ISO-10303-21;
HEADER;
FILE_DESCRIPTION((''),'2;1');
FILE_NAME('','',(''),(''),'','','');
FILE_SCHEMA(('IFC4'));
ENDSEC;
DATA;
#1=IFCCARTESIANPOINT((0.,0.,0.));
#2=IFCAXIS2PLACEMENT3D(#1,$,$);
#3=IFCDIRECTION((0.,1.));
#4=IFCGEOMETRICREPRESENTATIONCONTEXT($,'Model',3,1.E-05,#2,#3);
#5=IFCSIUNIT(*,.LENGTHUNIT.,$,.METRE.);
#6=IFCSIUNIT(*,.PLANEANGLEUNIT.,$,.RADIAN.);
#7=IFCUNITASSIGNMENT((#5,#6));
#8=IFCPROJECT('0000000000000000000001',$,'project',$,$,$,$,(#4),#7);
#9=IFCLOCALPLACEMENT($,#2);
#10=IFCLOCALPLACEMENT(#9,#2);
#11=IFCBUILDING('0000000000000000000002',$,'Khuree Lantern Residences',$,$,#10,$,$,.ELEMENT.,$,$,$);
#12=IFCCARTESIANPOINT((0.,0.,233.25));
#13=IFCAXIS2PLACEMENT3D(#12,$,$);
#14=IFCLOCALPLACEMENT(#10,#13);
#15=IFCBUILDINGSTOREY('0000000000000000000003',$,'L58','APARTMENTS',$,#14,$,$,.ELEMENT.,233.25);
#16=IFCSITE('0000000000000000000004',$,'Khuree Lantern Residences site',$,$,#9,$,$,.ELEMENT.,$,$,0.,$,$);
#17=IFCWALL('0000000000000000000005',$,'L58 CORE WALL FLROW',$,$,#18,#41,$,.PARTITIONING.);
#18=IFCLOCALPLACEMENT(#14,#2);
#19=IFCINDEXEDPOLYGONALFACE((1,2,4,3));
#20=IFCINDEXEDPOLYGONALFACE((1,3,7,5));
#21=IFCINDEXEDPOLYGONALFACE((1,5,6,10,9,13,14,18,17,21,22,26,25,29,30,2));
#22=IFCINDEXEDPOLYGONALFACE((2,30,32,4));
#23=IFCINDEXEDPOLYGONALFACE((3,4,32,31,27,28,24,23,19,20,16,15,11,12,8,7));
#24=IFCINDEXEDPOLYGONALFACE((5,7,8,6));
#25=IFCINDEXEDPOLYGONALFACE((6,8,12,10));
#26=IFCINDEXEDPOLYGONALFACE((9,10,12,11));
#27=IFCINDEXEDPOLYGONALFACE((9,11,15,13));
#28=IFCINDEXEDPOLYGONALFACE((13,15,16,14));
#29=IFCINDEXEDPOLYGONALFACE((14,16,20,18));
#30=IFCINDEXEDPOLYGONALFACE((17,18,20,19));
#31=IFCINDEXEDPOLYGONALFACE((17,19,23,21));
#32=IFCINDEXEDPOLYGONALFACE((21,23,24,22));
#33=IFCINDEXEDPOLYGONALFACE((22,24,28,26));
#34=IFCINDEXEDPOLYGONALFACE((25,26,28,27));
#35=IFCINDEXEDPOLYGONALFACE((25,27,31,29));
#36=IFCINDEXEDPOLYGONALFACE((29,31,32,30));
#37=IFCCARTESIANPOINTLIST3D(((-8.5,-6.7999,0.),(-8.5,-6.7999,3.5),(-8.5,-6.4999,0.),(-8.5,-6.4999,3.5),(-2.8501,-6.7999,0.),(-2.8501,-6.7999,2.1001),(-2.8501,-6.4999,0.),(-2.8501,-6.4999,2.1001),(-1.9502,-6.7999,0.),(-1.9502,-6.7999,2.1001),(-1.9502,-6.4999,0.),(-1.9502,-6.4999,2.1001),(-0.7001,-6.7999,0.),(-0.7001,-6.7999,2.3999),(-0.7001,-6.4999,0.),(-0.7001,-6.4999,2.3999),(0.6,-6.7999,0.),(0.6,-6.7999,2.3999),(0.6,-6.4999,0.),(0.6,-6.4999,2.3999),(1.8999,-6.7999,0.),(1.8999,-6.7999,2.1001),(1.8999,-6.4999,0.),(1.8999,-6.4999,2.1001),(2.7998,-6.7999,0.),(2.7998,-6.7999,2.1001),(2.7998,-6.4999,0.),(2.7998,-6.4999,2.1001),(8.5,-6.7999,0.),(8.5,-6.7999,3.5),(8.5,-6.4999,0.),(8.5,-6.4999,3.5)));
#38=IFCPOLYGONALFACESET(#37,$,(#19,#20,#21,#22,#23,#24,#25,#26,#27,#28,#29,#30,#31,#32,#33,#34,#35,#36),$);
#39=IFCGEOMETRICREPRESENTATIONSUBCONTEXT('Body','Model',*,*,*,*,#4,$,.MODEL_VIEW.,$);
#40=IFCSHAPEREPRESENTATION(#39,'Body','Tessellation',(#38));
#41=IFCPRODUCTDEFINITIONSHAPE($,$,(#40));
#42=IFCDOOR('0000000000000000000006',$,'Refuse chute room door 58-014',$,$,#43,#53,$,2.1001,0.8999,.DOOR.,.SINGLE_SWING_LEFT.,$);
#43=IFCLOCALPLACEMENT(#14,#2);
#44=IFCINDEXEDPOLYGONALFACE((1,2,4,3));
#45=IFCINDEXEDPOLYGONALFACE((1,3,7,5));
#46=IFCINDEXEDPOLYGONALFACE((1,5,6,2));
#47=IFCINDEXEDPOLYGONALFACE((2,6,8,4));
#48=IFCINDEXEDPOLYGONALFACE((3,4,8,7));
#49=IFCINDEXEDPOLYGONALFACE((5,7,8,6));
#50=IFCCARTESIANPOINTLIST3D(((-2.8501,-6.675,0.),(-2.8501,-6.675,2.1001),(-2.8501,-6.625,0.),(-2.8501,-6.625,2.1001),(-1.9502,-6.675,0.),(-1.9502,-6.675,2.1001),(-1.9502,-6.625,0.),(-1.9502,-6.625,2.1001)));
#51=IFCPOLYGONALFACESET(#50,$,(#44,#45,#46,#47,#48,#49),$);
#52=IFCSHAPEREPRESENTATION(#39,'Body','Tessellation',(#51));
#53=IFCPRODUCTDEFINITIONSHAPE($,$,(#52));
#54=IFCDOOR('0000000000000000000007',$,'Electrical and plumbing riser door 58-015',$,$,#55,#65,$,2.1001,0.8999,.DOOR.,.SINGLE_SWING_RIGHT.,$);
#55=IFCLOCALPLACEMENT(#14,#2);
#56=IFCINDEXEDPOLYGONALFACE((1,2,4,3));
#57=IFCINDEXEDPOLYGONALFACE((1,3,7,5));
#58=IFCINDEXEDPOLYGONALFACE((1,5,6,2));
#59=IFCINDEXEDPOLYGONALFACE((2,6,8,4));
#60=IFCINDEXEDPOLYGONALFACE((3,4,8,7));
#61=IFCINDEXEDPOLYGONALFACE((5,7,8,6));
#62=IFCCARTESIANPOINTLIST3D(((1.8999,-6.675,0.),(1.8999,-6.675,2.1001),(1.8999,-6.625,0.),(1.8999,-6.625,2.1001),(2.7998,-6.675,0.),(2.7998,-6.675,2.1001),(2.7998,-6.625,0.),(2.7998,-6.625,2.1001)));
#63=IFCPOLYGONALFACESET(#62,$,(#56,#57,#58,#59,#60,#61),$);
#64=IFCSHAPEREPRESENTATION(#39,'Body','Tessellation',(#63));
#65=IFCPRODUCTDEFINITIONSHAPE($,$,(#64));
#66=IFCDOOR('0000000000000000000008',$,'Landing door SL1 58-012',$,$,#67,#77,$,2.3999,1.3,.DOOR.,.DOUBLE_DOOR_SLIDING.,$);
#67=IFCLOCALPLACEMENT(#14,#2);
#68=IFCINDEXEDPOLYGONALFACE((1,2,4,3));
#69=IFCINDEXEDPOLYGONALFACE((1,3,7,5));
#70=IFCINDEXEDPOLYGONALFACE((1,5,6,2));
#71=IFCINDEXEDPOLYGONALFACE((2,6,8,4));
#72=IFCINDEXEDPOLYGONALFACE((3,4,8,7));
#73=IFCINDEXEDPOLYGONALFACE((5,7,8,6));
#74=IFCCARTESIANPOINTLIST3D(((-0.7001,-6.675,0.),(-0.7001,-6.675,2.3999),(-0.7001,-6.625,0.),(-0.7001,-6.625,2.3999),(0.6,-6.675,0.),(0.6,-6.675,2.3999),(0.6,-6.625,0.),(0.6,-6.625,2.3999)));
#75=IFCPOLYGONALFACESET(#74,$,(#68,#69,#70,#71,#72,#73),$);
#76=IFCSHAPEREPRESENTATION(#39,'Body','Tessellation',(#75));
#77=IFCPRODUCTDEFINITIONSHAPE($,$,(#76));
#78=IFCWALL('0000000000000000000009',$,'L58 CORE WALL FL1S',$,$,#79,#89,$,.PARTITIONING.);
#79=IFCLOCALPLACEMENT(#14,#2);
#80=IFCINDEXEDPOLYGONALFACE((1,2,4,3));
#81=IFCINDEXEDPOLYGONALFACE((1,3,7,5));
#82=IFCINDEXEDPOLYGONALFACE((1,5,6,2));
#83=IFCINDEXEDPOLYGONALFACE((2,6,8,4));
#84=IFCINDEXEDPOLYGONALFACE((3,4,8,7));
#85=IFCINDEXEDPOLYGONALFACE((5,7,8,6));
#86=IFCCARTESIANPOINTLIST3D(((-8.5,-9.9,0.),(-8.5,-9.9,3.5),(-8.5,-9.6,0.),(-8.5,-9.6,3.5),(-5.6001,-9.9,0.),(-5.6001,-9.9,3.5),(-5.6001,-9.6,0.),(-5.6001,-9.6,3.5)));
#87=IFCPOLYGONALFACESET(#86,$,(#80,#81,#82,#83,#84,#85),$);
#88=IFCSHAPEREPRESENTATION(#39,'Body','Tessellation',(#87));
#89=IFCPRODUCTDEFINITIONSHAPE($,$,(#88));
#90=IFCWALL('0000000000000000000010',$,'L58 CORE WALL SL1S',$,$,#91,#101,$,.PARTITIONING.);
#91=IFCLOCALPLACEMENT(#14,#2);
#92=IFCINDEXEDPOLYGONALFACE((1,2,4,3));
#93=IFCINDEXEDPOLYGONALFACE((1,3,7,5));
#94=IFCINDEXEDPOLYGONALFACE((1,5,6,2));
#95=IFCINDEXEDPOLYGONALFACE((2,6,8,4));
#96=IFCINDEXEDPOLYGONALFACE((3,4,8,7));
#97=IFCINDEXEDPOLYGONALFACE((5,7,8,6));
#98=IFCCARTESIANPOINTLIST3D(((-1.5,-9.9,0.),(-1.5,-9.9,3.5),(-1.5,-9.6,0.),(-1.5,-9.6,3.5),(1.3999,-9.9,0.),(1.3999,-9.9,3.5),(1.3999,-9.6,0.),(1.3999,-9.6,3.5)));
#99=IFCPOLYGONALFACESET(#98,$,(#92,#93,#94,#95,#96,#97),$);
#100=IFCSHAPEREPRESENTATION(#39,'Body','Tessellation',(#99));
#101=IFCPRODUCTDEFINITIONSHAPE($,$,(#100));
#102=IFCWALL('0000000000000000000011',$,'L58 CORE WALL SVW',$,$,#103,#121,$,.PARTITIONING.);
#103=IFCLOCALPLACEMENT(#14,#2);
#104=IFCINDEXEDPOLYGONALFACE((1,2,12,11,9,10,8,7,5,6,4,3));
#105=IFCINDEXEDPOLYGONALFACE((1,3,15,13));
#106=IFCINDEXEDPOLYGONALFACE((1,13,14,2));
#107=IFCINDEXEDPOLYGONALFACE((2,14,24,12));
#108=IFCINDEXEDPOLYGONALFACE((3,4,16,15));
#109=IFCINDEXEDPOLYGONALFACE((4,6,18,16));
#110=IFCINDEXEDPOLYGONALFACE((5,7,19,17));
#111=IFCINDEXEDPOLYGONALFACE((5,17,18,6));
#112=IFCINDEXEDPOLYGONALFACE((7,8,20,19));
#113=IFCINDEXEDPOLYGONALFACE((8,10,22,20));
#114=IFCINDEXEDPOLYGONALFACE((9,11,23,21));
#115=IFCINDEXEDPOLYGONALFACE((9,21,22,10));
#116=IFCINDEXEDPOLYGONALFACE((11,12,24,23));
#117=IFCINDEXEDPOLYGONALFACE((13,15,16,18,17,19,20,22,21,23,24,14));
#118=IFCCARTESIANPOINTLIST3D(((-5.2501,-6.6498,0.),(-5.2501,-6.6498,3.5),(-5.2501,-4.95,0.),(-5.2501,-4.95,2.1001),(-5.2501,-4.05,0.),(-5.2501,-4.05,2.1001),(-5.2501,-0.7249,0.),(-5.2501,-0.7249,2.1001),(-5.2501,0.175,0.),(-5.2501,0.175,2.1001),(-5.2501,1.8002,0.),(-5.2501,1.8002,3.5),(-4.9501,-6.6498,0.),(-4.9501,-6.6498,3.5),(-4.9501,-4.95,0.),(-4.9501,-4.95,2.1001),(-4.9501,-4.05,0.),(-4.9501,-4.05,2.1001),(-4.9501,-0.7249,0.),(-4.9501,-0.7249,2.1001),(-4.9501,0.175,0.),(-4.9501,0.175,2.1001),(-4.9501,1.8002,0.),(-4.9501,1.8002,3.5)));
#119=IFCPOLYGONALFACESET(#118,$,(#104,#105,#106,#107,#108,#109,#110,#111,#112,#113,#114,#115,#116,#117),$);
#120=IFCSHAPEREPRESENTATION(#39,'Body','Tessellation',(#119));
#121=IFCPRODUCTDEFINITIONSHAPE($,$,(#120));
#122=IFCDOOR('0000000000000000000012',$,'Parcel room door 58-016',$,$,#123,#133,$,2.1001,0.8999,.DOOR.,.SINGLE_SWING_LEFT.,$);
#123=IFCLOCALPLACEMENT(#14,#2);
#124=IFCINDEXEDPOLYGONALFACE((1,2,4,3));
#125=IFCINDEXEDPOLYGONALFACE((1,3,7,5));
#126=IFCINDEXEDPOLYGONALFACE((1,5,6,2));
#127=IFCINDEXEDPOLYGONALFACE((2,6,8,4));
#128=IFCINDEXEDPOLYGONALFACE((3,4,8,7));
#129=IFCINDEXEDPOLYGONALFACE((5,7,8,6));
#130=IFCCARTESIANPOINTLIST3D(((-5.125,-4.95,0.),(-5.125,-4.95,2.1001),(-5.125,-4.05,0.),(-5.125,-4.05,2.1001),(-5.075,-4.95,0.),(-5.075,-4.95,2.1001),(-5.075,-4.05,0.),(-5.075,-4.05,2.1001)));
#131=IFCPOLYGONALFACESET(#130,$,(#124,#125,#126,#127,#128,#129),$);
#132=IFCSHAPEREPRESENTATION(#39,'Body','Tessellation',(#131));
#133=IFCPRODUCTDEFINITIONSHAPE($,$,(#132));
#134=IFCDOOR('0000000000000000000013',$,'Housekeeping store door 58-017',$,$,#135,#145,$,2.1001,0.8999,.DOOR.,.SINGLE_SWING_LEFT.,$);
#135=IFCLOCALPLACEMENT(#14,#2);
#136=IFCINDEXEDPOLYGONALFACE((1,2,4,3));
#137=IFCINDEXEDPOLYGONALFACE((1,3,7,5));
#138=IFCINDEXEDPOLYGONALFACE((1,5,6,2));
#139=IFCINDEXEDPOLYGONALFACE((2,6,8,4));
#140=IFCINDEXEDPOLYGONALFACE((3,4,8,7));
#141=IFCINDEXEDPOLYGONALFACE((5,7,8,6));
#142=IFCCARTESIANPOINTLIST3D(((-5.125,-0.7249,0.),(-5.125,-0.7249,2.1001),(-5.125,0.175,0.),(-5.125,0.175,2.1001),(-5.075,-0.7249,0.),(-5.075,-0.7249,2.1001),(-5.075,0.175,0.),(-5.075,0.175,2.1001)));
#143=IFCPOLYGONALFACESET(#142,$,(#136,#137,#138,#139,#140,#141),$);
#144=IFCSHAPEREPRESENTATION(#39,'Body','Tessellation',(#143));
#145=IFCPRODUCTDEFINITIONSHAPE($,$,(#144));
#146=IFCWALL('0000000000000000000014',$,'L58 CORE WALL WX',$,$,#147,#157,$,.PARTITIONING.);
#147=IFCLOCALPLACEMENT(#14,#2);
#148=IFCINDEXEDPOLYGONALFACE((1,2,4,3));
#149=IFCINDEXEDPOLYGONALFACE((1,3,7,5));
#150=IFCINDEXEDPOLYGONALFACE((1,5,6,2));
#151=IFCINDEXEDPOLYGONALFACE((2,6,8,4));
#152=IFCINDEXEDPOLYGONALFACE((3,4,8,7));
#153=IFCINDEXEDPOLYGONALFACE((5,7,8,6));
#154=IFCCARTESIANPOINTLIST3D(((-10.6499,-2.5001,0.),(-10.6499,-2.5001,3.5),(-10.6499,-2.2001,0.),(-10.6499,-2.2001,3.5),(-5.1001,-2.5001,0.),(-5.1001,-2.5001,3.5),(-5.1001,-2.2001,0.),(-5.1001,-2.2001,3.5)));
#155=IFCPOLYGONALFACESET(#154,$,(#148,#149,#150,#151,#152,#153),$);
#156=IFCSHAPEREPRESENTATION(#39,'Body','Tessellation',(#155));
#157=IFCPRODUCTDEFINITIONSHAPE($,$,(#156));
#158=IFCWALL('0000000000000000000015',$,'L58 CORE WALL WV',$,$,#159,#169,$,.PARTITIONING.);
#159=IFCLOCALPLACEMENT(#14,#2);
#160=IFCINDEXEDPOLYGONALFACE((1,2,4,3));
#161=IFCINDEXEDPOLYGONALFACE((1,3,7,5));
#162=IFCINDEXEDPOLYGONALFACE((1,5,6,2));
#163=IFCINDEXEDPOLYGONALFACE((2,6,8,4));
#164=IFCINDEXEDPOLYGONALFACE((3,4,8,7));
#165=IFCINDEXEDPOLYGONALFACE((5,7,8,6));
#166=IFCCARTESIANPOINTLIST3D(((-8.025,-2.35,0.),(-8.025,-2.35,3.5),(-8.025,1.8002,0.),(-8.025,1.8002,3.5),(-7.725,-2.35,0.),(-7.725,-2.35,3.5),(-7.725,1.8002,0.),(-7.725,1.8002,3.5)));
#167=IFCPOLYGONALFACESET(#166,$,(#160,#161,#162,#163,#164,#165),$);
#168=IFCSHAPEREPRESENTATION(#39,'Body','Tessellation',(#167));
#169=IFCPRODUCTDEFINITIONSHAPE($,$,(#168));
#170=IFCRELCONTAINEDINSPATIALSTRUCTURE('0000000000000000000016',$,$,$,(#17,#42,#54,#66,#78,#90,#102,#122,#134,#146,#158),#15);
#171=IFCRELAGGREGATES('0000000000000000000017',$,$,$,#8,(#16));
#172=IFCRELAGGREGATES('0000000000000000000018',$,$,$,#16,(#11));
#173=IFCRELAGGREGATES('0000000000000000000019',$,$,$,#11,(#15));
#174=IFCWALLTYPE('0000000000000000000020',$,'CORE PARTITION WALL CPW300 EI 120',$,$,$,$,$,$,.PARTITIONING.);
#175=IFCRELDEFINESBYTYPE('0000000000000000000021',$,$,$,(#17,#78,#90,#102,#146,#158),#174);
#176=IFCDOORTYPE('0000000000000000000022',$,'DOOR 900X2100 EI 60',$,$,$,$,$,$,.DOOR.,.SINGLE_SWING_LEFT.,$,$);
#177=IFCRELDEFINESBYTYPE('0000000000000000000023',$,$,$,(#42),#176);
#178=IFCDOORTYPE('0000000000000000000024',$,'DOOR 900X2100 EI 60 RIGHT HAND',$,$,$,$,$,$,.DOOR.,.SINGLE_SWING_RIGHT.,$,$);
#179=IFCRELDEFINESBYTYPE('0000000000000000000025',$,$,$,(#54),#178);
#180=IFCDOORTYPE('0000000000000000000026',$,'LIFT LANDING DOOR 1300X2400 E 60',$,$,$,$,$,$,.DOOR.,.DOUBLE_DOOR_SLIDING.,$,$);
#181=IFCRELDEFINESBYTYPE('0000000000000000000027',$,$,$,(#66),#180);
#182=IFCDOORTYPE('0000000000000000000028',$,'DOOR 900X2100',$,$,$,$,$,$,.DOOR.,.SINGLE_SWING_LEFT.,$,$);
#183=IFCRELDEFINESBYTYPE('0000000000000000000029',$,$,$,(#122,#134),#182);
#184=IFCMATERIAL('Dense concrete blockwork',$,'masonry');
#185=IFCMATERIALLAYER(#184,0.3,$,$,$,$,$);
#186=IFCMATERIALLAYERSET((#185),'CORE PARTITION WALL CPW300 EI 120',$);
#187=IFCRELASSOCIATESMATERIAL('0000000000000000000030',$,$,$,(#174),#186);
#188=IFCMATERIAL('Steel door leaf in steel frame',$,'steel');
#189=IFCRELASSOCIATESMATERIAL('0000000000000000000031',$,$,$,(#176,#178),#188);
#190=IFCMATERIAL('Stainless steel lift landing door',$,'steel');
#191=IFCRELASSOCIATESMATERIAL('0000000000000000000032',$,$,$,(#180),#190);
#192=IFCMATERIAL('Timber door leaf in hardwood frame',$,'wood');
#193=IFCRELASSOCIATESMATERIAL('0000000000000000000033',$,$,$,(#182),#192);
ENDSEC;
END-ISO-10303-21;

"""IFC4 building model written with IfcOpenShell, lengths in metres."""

from ifc_helpers import new_model, si_unit, direction, frame, frame_2d, origin, place, context, subcontext, project, spatial, rectangle, extrude, material, layer, layer_set, type_object, element, fill, save


model = new_model("IFC4")

# Units and contexts
model_context = context("Model", 3, precision=1e-05, world=origin(), true_north=direction((0.0, 1.0)))
body_context = subcontext(model_context, "Body", "Model", "MODEL_VIEW")
ifc_project = project(units=[si_unit("LENGTHUNIT", "METRE"), si_unit("PLANEANGLEUNIT", "RADIAN")], contexts=[model_context])

# Site, building, storey
site_placement = place(None, origin())
site = spatial("IfcSite", under=ifc_project, at=site_placement, Name="Khuree Lantern Residences site", CompositionType="ELEMENT", RefElevation=0.0)
building_placement = place(site_placement, origin())
building = spatial("IfcBuilding", under=site, at=building_placement, Name="Khuree Lantern Residences", CompositionType="ELEMENT")
storey_placement = place(building_placement, frame((0.0, 0.0, 233.25)))
storey = spatial("IfcBuildingStorey", under=building, at=storey_placement, Name="L58", Description="APARTMENTS", CompositionType="ELEMENT", Elevation=233.25)

# Wall, openings, doors
ifc_material_1 = material(Name="Dense concrete blockwork", Category="masonry")
ifc_layer_1 = layer(ifc_material_1, 0.3)
ifc_layer_set_1 = layer_set([ifc_layer_1], Name="CORE PARTITION WALL CPW300 EI 120")
wall_type_1 = type_object("IfcWallType", Name="CORE PARTITION WALL CPW300 EI 120", PredefinedType="PARTITIONING", material=ifc_layer_set_1)
wall_1_placement = place(storey_placement, frame((-8.5, -6.6499, 0.0), z_axis=(0.0, 0.0, 1.0), x_axis=(1.0, 0.0, 0.0)))
wall_1 = element("IfcWall", 1, at=wall_1_placement, inside=storey, type_object=wall_type_1, Name="L58 CORE WALL FLROW", PredefinedType="PARTITIONING", context=body_context, shape_type="SweptSolid", body=[
    extrude(rectangle(XDim=17.0, YDim=0.3, at=frame_2d((8.5, 0.0))), origin(), (0.0, 0.0, 1.0), 3.5),
])
opening_1_placement = place(wall_1_placement, frame((7.8, 0.0, 0.0)))
opening_1 = element("IfcOpeningElement", 2, at=opening_1_placement, cuts=wall_1, PredefinedType="OPENING", context=body_context, shape_type="SweptSolid", body=[
    extrude(rectangle(XDim=1.3, YDim=2.3999, at=frame_2d((0.6499, 1.2))), frame((0.0, 0.1602, 0.0), z_axis=(0.0, -1.0, 0.0), x_axis=(1.0, 0.0, 0.0)), (0.0, 0.0, 1.0), 0.3201),
])
opening_2_placement = place(wall_1_placement, frame((5.6499, 0.0, 0.0)))
opening_2 = element("IfcOpeningElement", 3, at=opening_2_placement, cuts=wall_1, PredefinedType="OPENING", context=body_context, shape_type="SweptSolid", body=[
    extrude(rectangle(XDim=0.8999, YDim=2.1001, at=frame_2d((0.45, 1.05))), frame((0.0, 0.1602, 0.0), z_axis=(0.0, -1.0, 0.0), x_axis=(1.0, 0.0, 0.0)), (0.0, 0.0, 1.0), 0.3201),
])
opening_3_placement = place(wall_1_placement, frame((10.3999, 0.0, 0.0)))
opening_3 = element("IfcOpeningElement", 4, at=opening_3_placement, cuts=wall_1, PredefinedType="OPENING", context=body_context, shape_type="SweptSolid", body=[
    extrude(rectangle(XDim=0.8999, YDim=2.1001, at=frame_2d((0.45, 1.05))), frame((0.0, 0.1602, 0.0), z_axis=(0.0, -1.0, 0.0), x_axis=(1.0, 0.0, 0.0)), (0.0, 0.0, 1.0), 0.3201),
])
ifc_material_2 = material(Name="Steel door leaf in steel frame", Category="steel")
door_type_1 = type_object("IfcDoorType", Name="DOOR 900X2100 EI 60", OperationType="SINGLE_SWING_LEFT", PredefinedType="DOOR", material=ifc_material_2)
door_1_placement = place(opening_2_placement, origin())
door_1 = element("IfcDoor", 5, at=door_1_placement, inside=storey, type_object=door_type_1, Name="Refuse chute room door 58-014", OperationType="SINGLE_SWING_LEFT", OverallHeight=2.1001, OverallWidth=0.8999, PredefinedType="DOOR", context=body_context, shape_type="SweptSolid", body=[
    extrude(rectangle(XDim=0.8999, YDim=2.1001, at=frame_2d((0.45, 1.05))), frame((0.0, 0.0249, 0.0), z_axis=(0.0, -1.0, 0.0), x_axis=(1.0, 0.0, 0.0)), (0.0, 0.0, 1.0), 0.05),
])
fill(opening_2, door_1)
door_type_2 = type_object("IfcDoorType", Name="DOOR 900X2100 EI 60 RIGHT HAND", OperationType="SINGLE_SWING_RIGHT", PredefinedType="DOOR", material=ifc_material_2)
door_2_placement = place(opening_3_placement, origin())
door_2 = element("IfcDoor", 6, at=door_2_placement, inside=storey, type_object=door_type_2, Name="Electrical and plumbing riser door 58-015", OperationType="SINGLE_SWING_RIGHT", OverallHeight=2.1001, OverallWidth=0.8999, PredefinedType="DOOR", context=body_context, shape_type="SweptSolid", body=[
    extrude(rectangle(XDim=0.8999, YDim=2.1001, at=frame_2d((0.45, 1.05))), frame((0.0, 0.0249, 0.0), z_axis=(0.0, -1.0, 0.0), x_axis=(1.0, 0.0, 0.0)), (0.0, 0.0, 1.0), 0.05),
])
fill(opening_3, door_2)
ifc_material_3 = material(Name="Stainless steel lift landing door", Category="steel")
door_type_3 = type_object("IfcDoorType", Name="LIFT LANDING DOOR 1300X2400 E 60", OperationType="DOUBLE_DOOR_SLIDING", PredefinedType="DOOR", material=ifc_material_3)
door_3_placement = place(opening_1_placement, origin())
door_3 = element("IfcDoor", 7, at=door_3_placement, inside=storey, type_object=door_type_3, Name="Landing door SL1 58-012", OperationType="DOUBLE_DOOR_SLIDING", OverallHeight=2.3999, OverallWidth=1.3, PredefinedType="DOOR", context=body_context, shape_type="SweptSolid", body=[
    extrude(rectangle(XDim=1.3, YDim=2.3999, at=frame_2d((0.6499, 1.2))), frame((0.0, 0.0249, 0.0), z_axis=(0.0, -1.0, 0.0), x_axis=(1.0, 0.0, 0.0)), (0.0, 0.0, 1.0), 0.05),
])
fill(opening_1, door_3)

# Walls
for number, where, z_axis, x_axis, name in (
    (8, (-8.5, -9.75, 0.0), (0.0, 0.0, 1.0), (1.0, 0.0, 0.0), "L58 CORE WALL FL1S"),
    (9, (-1.5, -9.75, 0.0), (0.0, 0.0, 1.0), (1.0, 0.0, 0.0), "L58 CORE WALL SL1S"),
):
    element("IfcWall", number, at=place(storey_placement, frame(where, z_axis=z_axis, x_axis=x_axis)), inside=storey, type_object=wall_type_1, Name=name, PredefinedType="PARTITIONING", context=body_context, shape_type="SweptSolid", body=[
        extrude(rectangle(XDim=2.8999, YDim=0.3, at=frame_2d((1.45, 0.0))), origin(), (0.0, 0.0, 1.0), 3.5),
    ])

# Wall, openings, doors
wall_2_placement = place(storey_placement, frame((-5.1001, -6.6499, 0.0), z_axis=(0.0, 0.0, 1.0), x_axis=(0.0, 1.0, 0.0)))
wall_2 = element("IfcWall", 10, at=wall_2_placement, inside=storey, type_object=wall_type_1, Name="L58 CORE WALL SVW", PredefinedType="PARTITIONING", context=body_context, shape_type="SweptSolid", body=[
    extrude(rectangle(XDim=8.45, YDim=0.3, at=frame_2d((4.2251, 0.0))), origin(), (0.0, 0.0, 1.0), 3.5),
])
opening_4_placement = place(wall_2_placement, frame((1.7, 0.0, 0.0)))
opening_4 = element("IfcOpeningElement", 11, at=opening_4_placement, cuts=wall_2, PredefinedType="OPENING", context=body_context, shape_type="SweptSolid", body=[
    extrude(rectangle(XDim=0.8999, YDim=2.1001, at=frame_2d((0.45, 1.05))), frame((0.0, 0.1602, 0.0), z_axis=(0.0, -1.0, 0.0), x_axis=(1.0, 0.0, 0.0)), (0.0, 0.0, 1.0), 0.3201),
])
opening_5_placement = place(wall_2_placement, frame((5.925, 0.0, 0.0)))
opening_5 = element("IfcOpeningElement", 12, at=opening_5_placement, cuts=wall_2, PredefinedType="OPENING", context=body_context, shape_type="SweptSolid", body=[
    extrude(rectangle(XDim=0.8999, YDim=2.1001, at=frame_2d((0.45, 1.05))), frame((0.0, 0.1602, 0.0), z_axis=(0.0, -1.0, 0.0), x_axis=(1.0, 0.0, 0.0)), (0.0, 0.0, 1.0), 0.3201),
])
ifc_material_4 = material(Name="Timber door leaf in hardwood frame", Category="wood")
door_type_4 = type_object("IfcDoorType", Name="DOOR 900X2100", OperationType="SINGLE_SWING_LEFT", PredefinedType="DOOR", material=ifc_material_4)
door_4_placement = place(opening_4_placement, origin())
door_4 = element("IfcDoor", 13, at=door_4_placement, inside=storey, type_object=door_type_4, Name="Parcel room door 58-016", OperationType="SINGLE_SWING_LEFT", OverallHeight=2.1001, OverallWidth=0.8999, PredefinedType="DOOR", context=body_context, shape_type="SweptSolid", body=[
    extrude(rectangle(XDim=0.8999, YDim=2.1001, at=frame_2d((0.45, 1.05))), frame((0.0, 0.0249, 0.0), z_axis=(0.0, -1.0, 0.0), x_axis=(1.0, 0.0, 0.0)), (0.0, 0.0, 1.0), 0.05),
])
fill(opening_4, door_4)
door_5_placement = place(opening_5_placement, origin())
door_5 = element("IfcDoor", 14, at=door_5_placement, inside=storey, type_object=door_type_4, Name="Housekeeping store door 58-017", OperationType="SINGLE_SWING_LEFT", OverallHeight=2.1001, OverallWidth=0.8999, PredefinedType="DOOR", context=body_context, shape_type="SweptSolid", body=[
    extrude(rectangle(XDim=0.8999, YDim=2.1001, at=frame_2d((0.45, 1.05))), frame((0.0, 0.0249, 0.0), z_axis=(0.0, -1.0, 0.0), x_axis=(1.0, 0.0, 0.0)), (0.0, 0.0, 1.0), 0.05),
])
fill(opening_5, door_5)

# Walls
wall_3_placement = place(storey_placement, frame((-10.6499, -2.3501, 0.0), z_axis=(0.0, 0.0, 1.0), x_axis=(1.0, 0.0, 0.0)))
element("IfcWall", 15, at=wall_3_placement, inside=storey, type_object=wall_type_1, Name="L58 CORE WALL WX", PredefinedType="PARTITIONING", context=body_context, shape_type="SweptSolid", body=[
    extrude(rectangle(XDim=5.5498, YDim=0.3, at=frame_2d((2.7749, 0.0))), origin(), (0.0, 0.0, 1.0), 3.5),
])
wall_4_placement = place(storey_placement, frame((-7.875, -2.3501, 0.0), z_axis=(0.0, 0.0, 1.0), x_axis=(0.0, 1.0, 0.0)))
element("IfcWall", 16, at=wall_4_placement, inside=storey, type_object=wall_type_1, Name="L58 CORE WALL WV", PredefinedType="PARTITIONING", context=body_context, shape_type="SweptSolid", body=[
    extrude(rectangle(XDim=4.1501, YDim=0.3, at=frame_2d((2.0752, 0.0))), origin(), (0.0, 0.0, 1.0), 3.5),
])

save(model, "model.ifc")
